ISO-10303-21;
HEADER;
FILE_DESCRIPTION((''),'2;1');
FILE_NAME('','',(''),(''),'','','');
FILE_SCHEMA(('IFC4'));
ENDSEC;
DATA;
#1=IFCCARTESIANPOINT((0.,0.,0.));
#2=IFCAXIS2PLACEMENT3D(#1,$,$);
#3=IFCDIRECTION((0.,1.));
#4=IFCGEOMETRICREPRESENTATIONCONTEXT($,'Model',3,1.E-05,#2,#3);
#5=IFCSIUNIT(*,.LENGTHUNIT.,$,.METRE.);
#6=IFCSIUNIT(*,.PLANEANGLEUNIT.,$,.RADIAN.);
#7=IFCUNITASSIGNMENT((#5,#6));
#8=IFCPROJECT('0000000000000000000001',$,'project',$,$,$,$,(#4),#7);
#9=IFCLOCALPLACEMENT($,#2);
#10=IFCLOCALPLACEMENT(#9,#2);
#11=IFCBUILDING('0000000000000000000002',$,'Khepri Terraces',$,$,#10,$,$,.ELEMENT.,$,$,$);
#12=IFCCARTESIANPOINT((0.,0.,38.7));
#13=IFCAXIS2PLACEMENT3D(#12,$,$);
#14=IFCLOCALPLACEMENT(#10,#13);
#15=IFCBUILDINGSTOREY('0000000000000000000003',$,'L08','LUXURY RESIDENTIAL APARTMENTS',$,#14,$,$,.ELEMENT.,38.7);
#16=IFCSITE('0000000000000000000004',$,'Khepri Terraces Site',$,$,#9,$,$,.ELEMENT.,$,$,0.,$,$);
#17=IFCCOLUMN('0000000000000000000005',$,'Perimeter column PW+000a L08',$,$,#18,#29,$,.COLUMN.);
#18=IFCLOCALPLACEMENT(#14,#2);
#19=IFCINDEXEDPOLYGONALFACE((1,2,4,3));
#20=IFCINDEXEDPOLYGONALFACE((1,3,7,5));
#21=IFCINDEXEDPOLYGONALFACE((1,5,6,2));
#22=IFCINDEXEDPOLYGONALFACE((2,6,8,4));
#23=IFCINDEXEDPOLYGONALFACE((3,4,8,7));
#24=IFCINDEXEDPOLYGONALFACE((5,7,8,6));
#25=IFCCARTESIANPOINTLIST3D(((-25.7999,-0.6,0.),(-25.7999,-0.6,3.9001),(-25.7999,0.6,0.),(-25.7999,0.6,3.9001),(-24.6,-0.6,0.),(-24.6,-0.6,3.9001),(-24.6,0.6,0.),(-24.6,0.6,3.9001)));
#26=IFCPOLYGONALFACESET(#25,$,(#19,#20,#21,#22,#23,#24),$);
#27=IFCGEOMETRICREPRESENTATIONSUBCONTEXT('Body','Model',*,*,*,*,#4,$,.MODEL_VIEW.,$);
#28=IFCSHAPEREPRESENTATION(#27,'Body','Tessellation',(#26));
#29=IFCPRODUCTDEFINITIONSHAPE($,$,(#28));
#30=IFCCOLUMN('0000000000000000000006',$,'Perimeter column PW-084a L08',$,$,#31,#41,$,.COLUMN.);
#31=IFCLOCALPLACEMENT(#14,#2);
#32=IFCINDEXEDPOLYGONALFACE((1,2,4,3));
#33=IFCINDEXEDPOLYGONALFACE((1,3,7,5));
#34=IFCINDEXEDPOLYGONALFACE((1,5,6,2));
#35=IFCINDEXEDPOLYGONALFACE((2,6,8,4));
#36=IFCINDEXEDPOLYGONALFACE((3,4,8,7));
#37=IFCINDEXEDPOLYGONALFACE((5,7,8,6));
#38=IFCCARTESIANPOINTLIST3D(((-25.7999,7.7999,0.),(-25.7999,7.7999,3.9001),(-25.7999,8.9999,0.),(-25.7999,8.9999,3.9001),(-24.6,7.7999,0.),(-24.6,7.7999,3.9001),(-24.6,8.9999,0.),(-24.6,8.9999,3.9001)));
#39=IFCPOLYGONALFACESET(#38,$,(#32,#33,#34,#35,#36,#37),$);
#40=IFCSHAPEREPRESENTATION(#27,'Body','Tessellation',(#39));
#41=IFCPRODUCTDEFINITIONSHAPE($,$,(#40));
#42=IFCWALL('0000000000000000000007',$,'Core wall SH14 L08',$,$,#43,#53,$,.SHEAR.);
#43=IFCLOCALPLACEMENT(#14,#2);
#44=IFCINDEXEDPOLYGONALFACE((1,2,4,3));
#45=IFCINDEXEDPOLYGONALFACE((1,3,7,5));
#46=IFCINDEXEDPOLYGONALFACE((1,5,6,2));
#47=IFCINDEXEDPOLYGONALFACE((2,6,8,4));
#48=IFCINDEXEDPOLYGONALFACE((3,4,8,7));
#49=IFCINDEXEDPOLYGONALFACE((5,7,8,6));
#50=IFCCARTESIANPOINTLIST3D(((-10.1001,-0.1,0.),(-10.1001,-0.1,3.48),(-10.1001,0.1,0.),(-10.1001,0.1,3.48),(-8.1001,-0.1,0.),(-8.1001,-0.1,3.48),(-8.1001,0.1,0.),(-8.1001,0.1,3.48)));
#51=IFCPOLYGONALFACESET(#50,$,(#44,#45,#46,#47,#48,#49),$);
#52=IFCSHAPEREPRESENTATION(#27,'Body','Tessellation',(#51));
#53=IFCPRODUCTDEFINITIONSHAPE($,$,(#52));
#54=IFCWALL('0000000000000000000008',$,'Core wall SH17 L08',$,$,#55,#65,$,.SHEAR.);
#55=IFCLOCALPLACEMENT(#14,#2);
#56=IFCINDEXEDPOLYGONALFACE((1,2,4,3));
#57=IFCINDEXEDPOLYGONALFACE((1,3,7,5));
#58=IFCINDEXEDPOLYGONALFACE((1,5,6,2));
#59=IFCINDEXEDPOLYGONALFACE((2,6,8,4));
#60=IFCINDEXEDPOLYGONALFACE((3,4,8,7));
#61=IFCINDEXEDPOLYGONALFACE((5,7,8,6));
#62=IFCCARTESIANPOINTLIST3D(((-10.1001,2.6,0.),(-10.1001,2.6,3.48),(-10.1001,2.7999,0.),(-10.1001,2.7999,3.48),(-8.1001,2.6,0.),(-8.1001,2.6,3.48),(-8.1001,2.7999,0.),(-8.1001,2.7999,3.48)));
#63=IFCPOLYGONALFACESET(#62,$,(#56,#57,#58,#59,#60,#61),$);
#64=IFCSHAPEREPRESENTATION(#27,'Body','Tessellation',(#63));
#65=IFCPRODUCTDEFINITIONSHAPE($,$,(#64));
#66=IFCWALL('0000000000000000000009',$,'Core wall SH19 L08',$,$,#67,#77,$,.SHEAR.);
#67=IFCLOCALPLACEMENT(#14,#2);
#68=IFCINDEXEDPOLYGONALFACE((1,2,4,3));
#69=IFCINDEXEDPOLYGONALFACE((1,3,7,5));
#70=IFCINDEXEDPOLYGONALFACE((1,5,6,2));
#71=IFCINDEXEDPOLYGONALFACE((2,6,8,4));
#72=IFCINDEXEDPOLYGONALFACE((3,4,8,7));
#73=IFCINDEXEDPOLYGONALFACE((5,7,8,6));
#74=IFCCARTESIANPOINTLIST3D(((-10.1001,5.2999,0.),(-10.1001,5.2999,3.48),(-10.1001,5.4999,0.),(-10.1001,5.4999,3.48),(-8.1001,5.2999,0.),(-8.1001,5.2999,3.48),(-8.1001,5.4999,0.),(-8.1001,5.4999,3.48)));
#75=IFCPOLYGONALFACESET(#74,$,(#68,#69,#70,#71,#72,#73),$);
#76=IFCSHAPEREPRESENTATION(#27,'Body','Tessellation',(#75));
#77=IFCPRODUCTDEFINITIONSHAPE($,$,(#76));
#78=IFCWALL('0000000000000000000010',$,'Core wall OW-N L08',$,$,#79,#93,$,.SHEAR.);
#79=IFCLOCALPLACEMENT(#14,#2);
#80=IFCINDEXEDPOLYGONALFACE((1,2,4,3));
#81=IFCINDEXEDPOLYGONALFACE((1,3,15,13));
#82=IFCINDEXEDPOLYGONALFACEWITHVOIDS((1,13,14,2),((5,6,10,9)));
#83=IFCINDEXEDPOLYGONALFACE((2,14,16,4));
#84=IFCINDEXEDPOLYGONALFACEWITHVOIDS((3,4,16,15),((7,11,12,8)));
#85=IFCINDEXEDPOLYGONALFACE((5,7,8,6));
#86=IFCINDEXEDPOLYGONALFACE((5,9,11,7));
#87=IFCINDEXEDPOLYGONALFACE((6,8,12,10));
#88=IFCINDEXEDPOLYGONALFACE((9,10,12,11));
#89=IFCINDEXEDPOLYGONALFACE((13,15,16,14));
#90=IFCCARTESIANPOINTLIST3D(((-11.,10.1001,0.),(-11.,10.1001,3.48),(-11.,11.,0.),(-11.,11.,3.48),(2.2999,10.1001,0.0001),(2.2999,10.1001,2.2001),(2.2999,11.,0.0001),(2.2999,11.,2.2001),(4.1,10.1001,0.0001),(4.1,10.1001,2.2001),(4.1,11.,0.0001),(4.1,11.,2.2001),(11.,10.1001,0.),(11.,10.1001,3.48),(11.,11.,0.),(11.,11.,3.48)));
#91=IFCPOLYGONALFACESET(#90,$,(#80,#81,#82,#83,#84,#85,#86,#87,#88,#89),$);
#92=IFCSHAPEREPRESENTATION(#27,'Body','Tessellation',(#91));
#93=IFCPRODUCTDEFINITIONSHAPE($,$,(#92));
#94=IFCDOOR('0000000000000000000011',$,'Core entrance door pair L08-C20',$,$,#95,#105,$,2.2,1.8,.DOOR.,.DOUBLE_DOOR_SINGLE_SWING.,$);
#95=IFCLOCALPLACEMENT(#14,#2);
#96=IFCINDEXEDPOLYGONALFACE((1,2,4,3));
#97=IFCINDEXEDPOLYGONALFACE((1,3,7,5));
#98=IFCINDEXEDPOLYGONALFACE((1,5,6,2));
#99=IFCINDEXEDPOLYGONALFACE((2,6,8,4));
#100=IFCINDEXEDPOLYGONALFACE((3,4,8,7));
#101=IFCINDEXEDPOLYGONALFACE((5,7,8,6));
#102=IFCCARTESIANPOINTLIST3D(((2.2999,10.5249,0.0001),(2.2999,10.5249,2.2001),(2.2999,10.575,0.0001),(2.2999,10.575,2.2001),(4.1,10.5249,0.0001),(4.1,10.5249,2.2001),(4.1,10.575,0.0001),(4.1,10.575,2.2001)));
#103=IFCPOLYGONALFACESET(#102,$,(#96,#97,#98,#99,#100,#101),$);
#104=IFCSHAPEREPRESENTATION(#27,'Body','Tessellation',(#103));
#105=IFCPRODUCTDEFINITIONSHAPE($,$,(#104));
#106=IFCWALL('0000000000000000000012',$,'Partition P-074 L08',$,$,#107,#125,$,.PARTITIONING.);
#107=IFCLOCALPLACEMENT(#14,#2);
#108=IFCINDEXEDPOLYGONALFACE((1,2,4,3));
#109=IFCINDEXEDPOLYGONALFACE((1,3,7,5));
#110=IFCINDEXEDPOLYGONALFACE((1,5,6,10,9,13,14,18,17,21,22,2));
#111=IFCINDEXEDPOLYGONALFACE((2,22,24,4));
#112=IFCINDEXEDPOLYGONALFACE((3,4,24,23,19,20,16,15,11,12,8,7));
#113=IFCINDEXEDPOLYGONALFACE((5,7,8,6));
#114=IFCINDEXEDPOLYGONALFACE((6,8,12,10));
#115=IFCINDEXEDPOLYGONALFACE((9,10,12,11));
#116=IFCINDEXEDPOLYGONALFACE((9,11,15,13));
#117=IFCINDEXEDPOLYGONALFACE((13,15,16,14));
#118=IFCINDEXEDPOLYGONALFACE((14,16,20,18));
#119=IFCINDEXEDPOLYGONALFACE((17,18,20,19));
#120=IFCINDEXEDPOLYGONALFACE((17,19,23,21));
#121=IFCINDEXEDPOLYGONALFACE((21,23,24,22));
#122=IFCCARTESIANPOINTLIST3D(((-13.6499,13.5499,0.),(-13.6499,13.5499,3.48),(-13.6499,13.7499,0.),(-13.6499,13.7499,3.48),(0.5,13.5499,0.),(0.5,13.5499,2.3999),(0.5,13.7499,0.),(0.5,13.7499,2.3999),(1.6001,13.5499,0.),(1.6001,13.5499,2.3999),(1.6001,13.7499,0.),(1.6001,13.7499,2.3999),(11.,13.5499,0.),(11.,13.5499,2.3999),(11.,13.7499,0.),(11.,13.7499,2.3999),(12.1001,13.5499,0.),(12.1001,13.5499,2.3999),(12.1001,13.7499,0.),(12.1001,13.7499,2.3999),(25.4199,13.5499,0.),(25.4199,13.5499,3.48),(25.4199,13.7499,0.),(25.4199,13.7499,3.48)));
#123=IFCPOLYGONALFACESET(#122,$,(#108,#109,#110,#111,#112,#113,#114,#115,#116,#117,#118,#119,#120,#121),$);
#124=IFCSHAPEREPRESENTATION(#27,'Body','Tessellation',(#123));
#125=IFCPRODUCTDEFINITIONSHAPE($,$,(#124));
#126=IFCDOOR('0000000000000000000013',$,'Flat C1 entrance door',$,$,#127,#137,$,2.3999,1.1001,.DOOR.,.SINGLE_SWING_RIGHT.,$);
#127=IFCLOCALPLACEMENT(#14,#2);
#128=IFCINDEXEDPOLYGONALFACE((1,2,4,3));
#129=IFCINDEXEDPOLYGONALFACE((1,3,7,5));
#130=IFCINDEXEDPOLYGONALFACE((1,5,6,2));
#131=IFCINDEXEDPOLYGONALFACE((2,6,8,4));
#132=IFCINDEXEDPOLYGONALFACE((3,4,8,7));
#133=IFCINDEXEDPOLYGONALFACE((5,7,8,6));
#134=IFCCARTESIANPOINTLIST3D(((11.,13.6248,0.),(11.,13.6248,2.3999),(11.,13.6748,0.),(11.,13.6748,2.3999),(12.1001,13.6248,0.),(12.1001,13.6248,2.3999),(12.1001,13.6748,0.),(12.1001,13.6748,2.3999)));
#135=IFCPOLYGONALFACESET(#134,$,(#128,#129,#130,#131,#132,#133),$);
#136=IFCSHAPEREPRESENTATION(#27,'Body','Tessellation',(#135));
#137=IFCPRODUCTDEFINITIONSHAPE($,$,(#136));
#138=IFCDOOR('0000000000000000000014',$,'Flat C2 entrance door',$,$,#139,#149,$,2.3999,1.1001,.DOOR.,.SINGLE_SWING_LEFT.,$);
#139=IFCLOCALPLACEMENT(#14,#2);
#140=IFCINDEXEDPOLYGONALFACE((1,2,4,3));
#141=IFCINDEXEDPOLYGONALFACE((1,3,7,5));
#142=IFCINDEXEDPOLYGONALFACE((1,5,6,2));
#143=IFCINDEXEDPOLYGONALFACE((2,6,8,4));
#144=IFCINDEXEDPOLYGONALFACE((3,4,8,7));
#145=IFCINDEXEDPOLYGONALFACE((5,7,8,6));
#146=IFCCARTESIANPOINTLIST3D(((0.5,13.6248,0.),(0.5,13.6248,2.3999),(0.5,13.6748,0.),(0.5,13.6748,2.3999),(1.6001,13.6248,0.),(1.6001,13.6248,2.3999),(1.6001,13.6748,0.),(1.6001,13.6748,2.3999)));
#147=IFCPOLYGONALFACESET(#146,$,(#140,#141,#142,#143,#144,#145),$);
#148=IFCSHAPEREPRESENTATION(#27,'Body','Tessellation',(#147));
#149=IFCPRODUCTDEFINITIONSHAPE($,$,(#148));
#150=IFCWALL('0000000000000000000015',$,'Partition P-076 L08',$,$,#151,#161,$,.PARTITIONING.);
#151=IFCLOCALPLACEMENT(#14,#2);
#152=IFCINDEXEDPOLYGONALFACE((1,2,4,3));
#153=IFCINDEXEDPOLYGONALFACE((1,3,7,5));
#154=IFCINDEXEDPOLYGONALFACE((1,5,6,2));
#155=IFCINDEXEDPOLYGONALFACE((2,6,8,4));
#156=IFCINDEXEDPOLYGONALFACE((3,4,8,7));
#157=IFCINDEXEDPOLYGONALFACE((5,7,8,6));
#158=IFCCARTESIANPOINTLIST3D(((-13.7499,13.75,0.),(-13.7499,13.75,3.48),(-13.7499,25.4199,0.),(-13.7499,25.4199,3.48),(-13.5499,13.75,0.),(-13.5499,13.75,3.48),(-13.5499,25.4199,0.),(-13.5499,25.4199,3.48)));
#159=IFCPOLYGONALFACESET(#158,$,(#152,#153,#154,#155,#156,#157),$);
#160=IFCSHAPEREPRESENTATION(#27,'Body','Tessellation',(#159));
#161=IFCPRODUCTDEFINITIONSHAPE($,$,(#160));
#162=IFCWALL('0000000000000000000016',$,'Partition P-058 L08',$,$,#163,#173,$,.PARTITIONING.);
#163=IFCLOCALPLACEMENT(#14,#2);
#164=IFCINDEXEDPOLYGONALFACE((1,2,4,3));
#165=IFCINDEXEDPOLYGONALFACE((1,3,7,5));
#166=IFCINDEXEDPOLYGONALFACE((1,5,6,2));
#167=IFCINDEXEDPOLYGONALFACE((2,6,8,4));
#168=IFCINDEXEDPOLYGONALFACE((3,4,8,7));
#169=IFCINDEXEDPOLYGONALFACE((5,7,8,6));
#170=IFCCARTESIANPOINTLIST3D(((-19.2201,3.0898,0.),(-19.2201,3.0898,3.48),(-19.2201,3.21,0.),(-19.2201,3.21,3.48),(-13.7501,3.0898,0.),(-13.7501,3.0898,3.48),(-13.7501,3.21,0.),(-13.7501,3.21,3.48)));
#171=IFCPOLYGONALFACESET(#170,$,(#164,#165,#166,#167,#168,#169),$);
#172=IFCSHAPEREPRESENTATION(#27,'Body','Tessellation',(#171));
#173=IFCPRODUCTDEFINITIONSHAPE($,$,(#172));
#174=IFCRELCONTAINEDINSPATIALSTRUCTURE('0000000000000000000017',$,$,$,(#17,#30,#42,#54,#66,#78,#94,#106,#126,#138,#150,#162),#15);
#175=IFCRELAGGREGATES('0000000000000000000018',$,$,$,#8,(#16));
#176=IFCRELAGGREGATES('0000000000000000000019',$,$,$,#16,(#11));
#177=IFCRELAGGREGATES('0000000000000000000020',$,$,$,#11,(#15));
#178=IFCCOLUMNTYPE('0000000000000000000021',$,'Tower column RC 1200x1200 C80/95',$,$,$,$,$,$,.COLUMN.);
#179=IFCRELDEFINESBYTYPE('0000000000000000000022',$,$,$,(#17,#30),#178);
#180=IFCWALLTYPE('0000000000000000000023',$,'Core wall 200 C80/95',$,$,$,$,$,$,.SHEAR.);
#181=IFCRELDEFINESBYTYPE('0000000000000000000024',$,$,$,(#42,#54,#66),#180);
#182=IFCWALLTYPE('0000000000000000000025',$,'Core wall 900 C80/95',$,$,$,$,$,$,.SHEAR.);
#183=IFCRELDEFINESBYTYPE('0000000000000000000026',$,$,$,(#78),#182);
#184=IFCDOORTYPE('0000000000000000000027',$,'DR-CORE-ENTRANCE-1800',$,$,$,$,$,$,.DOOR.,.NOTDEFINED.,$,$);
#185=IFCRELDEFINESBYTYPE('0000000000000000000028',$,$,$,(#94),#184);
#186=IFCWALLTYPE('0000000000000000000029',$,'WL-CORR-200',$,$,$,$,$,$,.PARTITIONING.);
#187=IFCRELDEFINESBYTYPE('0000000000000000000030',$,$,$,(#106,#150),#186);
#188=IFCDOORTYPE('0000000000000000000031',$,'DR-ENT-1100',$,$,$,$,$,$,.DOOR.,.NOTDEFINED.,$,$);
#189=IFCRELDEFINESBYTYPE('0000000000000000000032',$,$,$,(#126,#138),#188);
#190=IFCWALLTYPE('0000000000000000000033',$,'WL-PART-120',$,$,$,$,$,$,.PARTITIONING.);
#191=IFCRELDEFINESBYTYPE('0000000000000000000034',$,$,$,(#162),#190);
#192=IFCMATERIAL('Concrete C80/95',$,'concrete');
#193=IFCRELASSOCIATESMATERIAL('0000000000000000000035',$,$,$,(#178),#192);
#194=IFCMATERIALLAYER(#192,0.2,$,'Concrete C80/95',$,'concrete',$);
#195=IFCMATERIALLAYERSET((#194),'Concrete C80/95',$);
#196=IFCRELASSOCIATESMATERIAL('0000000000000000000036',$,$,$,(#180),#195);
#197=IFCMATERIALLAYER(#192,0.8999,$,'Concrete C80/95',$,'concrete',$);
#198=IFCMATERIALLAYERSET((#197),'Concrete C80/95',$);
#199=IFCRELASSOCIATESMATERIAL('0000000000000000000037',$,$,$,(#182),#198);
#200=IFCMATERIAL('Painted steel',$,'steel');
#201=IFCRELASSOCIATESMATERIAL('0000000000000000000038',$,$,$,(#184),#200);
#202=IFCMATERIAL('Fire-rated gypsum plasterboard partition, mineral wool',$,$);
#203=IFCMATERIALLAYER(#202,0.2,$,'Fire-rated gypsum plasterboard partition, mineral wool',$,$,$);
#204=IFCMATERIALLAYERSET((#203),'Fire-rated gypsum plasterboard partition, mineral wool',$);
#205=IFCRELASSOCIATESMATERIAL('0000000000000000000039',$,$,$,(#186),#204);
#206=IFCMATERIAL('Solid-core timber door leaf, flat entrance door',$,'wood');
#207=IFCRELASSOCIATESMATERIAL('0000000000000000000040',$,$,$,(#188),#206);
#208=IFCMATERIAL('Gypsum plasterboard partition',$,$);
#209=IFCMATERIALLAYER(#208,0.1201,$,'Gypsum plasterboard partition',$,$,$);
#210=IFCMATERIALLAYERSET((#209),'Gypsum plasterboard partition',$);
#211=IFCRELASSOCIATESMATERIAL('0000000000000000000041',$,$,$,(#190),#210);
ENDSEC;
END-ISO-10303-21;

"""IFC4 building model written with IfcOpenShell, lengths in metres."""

from ifc_helpers import new_model, si_unit, direction, frame, frame_2d, origin, origin_2d, place, context, subcontext, project, spatial, rectangle, extrude, material, layer, layer_set, material_profile, profile_set, type_object, element, fill, save


model = new_model("IFC4")

# Units and contexts
model_context = context("Model", 3, precision=1e-05, world=origin(), true_north=direction((0.0, 1.0)))
body_context = subcontext(model_context, "Body", "Model", "MODEL_VIEW")
ifc_project = project(units=[si_unit("LENGTHUNIT", "METRE"), si_unit("PLANEANGLEUNIT", "RADIAN")], contexts=[model_context])

# Site, building, storey
site_placement = place(None, origin())
site = spatial("IfcSite", under=ifc_project, at=site_placement, Name="Khepri Terraces Site", CompositionType="ELEMENT", RefElevation=0.0)
building_placement = place(site_placement, origin())
building = spatial("IfcBuilding", under=site, at=building_placement, Name="Khepri Terraces", CompositionType="ELEMENT")
storey_placement = place(building_placement, frame((0.0, 0.0, 38.7)))
storey = spatial("IfcBuildingStorey", under=building, at=storey_placement, Name="L08", Description="LUXURY RESIDENTIAL APARTMENTS", CompositionType="ELEMENT", Elevation=38.7)

# Columns
ifc_material_1 = material(Name="Concrete C80/95", Category="concrete")
ifc_material_profile = material_profile(ifc_material_1, rectangle(XDim=1.2, YDim=1.2, at=origin_2d()), Name="Concrete C80/95", Category="concrete")
ifc_profile_set = profile_set([ifc_material_profile], Name="Concrete C80/95")
column_type = type_object("IfcColumnType", Name="Tower column RC 1200x1200 C80/95", PredefinedType="COLUMN", material=ifc_profile_set)
for number, where, z_axis, x_axis, name in (
    (1, (-25.2, 0.0, 0.0), (0.0, 0.0, 1.0), (1.0, 0.0, 0.0), "Perimeter column PW+000a L08"),
    (2, (-25.2, 8.3999, 0.0), (0.0, 0.0, 1.0), (1.0, 0.0, 0.0), "Perimeter column PW-084a L08"),
):
    element("IfcColumn", number, at=place(storey_placement, frame(where, z_axis=z_axis, x_axis=x_axis)), inside=storey, type_object=column_type, Name=name, PredefinedType="COLUMN", context=body_context, shape_type="SweptSolid", body=[
        extrude(rectangle(XDim=1.2, YDim=1.2, at=origin_2d()), origin(), (0.0, 0.0, 1.0), 3.9001),
    ])

# Walls
ifc_layer_1 = layer(ifc_material_1, 0.2, Name="Concrete C80/95", Category="concrete")
ifc_layer_set_1 = layer_set([ifc_layer_1], Name="Concrete C80/95")
wall_type_1 = type_object("IfcWallType", Name="Core wall 200 C80/95", PredefinedType="SHEAR", material=ifc_layer_set_1)
for number, where, z_axis, x_axis, name in (
    (3, (-10.1001, 0.0, 0.0), (0.0, 0.0, 1.0), (1.0, 0.0, 0.0), "Core wall SH14 L08"),
    (4, (-10.1001, 2.7, 0.0), (0.0, 0.0, 1.0), (1.0, 0.0, 0.0), "Core wall SH17 L08"),
    (5, (-10.1001, 5.3999, 0.0), (0.0, 0.0, 1.0), (1.0, 0.0, 0.0), "Core wall SH19 L08"),
):
    element("IfcWall", number, at=place(storey_placement, frame(where, z_axis=z_axis, x_axis=x_axis)), inside=storey, type_object=wall_type_1, Name=name, PredefinedType="SHEAR", context=body_context, shape_type="SweptSolid", body=[
        extrude(rectangle(XDim=2.0, YDim=0.2, at=frame_2d((1.0, 0.0))), origin(), (0.0, 0.0, 1.0), 3.48),
    ])

# Wall, opening, door
ifc_layer_2 = layer(ifc_material_1, 0.8999, Name="Concrete C80/95", Category="concrete")
ifc_layer_set_2 = layer_set([ifc_layer_2], Name="Concrete C80/95")
wall_type_2 = type_object("IfcWallType", Name="Core wall 900 C80/95", PredefinedType="SHEAR", material=ifc_layer_set_2)
wall_1_placement = place(storey_placement, frame((-11.0, 10.55, 0.0), z_axis=(0.0, 0.0, 1.0), x_axis=(1.0, 0.0, 0.0)))
wall_1 = element("IfcWall", 6, at=wall_1_placement, inside=storey, type_object=wall_type_2, Name="Core wall OW-N L08", PredefinedType="SHEAR", context=body_context, shape_type="SweptSolid", body=[
    extrude(rectangle(XDim=22.0, YDim=0.8999, at=frame_2d((11.0, 0.0))), origin(), (0.0, 0.0, 1.0), 3.48),
])
opening_1_placement = place(wall_1_placement, frame((13.3, 0.0, 0.0)))
opening_1 = element("IfcOpeningElement", 7, at=opening_1_placement, cuts=wall_1, PredefinedType="OPENING", context=body_context, shape_type="SweptSolid", body=[
    extrude(rectangle(XDim=1.8, YDim=2.2, at=frame_2d((0.8999, 1.1001))), frame((0.0, 0.46, 0.0), z_axis=(0.0, -1.0, 0.0), x_axis=(1.0, 0.0, 0.0)), (0.0, 0.0, 1.0), 0.9199),
])
ifc_material_2 = material(Name="Painted steel", Category="steel")
door_type_1 = type_object("IfcDoorType", Name="DR-CORE-ENTRANCE-1800", OperationType="NOTDEFINED", PredefinedType="DOOR", material=ifc_material_2)
door_1_placement = place(opening_1_placement, origin())
door_1 = element("IfcDoor", 8, at=door_1_placement, inside=storey, type_object=door_type_1, Name="Core entrance door pair L08-C20", OperationType="DOUBLE_DOOR_SINGLE_SWING", OverallHeight=2.2, OverallWidth=1.8, PredefinedType="DOOR", context=body_context, shape_type="SweptSolid", body=[
    extrude(rectangle(XDim=1.8, YDim=2.2, at=frame_2d((0.8999, 1.1001))), frame((0.0, 0.0249, 0.0), z_axis=(0.0, -1.0, 0.0), x_axis=(1.0, 0.0, 0.0)), (0.0, 0.0, 1.0), 0.05),
])
fill(opening_1, door_1)

# Wall, openings, doors
ifc_material_3 = material(Name="Fire-rated gypsum plasterboard partition, mineral wool")
ifc_layer_3 = layer(ifc_material_3, 0.2, Name="Fire-rated gypsum plasterboard partition, mineral wool")
ifc_layer_set_3 = layer_set([ifc_layer_3], Name="Fire-rated gypsum plasterboard partition, mineral wool")
wall_type_3 = type_object("IfcWallType", Name="WL-CORR-200", PredefinedType="PARTITIONING", material=ifc_layer_set_3)
wall_2_placement = place(storey_placement, frame((-13.6499, 13.6499, 0.0), z_axis=(0.0, 0.0, 1.0), x_axis=(1.0, 0.0, 0.0)))
wall_2 = element("IfcWall", 9, at=wall_2_placement, inside=storey, type_object=wall_type_3, Name="Partition P-074 L08", PredefinedType="PARTITIONING", context=body_context, shape_type="SweptSolid", body=[
    extrude(rectangle(XDim=39.0698, YDim=0.2, at=frame_2d((19.5349, 0.0))), origin(), (0.0, 0.0, 1.0), 3.48),
])
opening_2_placement = place(wall_2_placement, frame((24.6499, 0.0, 0.0)))
opening_2 = element("IfcOpeningElement", 10, at=opening_2_placement, cuts=wall_2, PredefinedType="OPENING", context=body_context, shape_type="SweptSolid", body=[
    extrude(rectangle(XDim=1.1001, YDim=2.3999, at=frame_2d((0.55, 1.2))), frame((0.0, 0.1099, 0.0), z_axis=(0.0, -1.0, 0.0), x_axis=(1.0, 0.0, 0.0)), (0.0, 0.0, 1.0), 0.22),
])
opening_3_placement = place(wall_2_placement, frame((14.1499, 0.0, 0.0)))
opening_3 = element("IfcOpeningElement", 11, at=opening_3_placement, cuts=wall_2, PredefinedType="OPENING", context=body_context, shape_type="SweptSolid", body=[
    extrude(rectangle(XDim=1.1001, YDim=2.3999, at=frame_2d((0.55, 1.2))), frame((0.0, 0.1099, 0.0), z_axis=(0.0, -1.0, 0.0), x_axis=(1.0, 0.0, 0.0)), (0.0, 0.0, 1.0), 0.22),
])
ifc_material_4 = material(Name="Solid-core timber door leaf, flat entrance door", Category="wood")
door_type_2 = type_object("IfcDoorType", Name="DR-ENT-1100", OperationType="NOTDEFINED", PredefinedType="DOOR", material=ifc_material_4)
door_2_placement = place(opening_2_placement, origin())
door_2 = element("IfcDoor", 12, at=door_2_placement, inside=storey, type_object=door_type_2, Name="Flat C1 entrance door", OperationType="SINGLE_SWING_RIGHT", OverallHeight=2.3999, OverallWidth=1.1001, PredefinedType="DOOR", context=body_context, shape_type="SweptSolid", body=[
    extrude(rectangle(XDim=1.1001, YDim=2.3999, at=frame_2d((0.55, 1.2))), frame((0.0, 0.0249, 0.0), z_axis=(0.0, -1.0, 0.0), x_axis=(1.0, 0.0, 0.0)), (0.0, 0.0, 1.0), 0.05),
])
fill(opening_2, door_2)
door_3_placement = place(opening_3_placement, origin())
door_3 = element("IfcDoor", 13, at=door_3_placement, inside=storey, type_object=door_type_2, Name="Flat C2 entrance door", OperationType="SINGLE_SWING_LEFT", OverallHeight=2.3999, OverallWidth=1.1001, PredefinedType="DOOR", context=body_context, shape_type="SweptSolid", body=[
    extrude(rectangle(XDim=1.1001, YDim=2.3999, at=frame_2d((0.55, 1.2))), frame((0.0, 0.0249, 0.0), z_axis=(0.0, -1.0, 0.0), x_axis=(1.0, 0.0, 0.0)), (0.0, 0.0, 1.0), 0.05),
])
fill(opening_3, door_3)

# Wall
wall_3_placement = place(storey_placement, frame((-13.6499, 13.75, 0.0), z_axis=(0.0, 0.0, 1.0), x_axis=(0.0, 1.0, 0.0)))
element("IfcWall", 14, at=wall_3_placement, inside=storey, type_object=wall_type_3, Name="Partition P-076 L08", PredefinedType="PARTITIONING", context=body_context, shape_type="SweptSolid", body=[
    extrude(rectangle(XDim=11.6699, YDim=0.2, at=frame_2d((5.835, 0.0))), origin(), (0.0, 0.0, 1.0), 3.48),
])

# Wall
ifc_material_5 = material(Name="Gypsum plasterboard partition")
ifc_layer_4 = layer(ifc_material_5, 0.1201, Name="Gypsum plasterboard partition")
ifc_layer_set_4 = layer_set([ifc_layer_4], Name="Gypsum plasterboard partition")
wall_type_4 = type_object("IfcWallType", Name="WL-PART-120", PredefinedType="PARTITIONING", material=ifc_layer_set_4)
wall_4_placement = place(storey_placement, frame((-19.22, 3.1499, 0.0), z_axis=(0.0, 0.0, 1.0), x_axis=(1.0, 0.0, 0.0)))
element("IfcWall", 15, at=wall_4_placement, inside=storey, type_object=wall_type_4, Name="Partition P-058 L08", PredefinedType="PARTITIONING", context=body_context, shape_type="SweptSolid", body=[
    extrude(rectangle(XDim=5.47, YDim=0.1201, at=frame_2d((2.7349, 0.0))), origin(), (0.0, 0.0, 1.0), 3.48),
])

save(model, "model.ifc")
